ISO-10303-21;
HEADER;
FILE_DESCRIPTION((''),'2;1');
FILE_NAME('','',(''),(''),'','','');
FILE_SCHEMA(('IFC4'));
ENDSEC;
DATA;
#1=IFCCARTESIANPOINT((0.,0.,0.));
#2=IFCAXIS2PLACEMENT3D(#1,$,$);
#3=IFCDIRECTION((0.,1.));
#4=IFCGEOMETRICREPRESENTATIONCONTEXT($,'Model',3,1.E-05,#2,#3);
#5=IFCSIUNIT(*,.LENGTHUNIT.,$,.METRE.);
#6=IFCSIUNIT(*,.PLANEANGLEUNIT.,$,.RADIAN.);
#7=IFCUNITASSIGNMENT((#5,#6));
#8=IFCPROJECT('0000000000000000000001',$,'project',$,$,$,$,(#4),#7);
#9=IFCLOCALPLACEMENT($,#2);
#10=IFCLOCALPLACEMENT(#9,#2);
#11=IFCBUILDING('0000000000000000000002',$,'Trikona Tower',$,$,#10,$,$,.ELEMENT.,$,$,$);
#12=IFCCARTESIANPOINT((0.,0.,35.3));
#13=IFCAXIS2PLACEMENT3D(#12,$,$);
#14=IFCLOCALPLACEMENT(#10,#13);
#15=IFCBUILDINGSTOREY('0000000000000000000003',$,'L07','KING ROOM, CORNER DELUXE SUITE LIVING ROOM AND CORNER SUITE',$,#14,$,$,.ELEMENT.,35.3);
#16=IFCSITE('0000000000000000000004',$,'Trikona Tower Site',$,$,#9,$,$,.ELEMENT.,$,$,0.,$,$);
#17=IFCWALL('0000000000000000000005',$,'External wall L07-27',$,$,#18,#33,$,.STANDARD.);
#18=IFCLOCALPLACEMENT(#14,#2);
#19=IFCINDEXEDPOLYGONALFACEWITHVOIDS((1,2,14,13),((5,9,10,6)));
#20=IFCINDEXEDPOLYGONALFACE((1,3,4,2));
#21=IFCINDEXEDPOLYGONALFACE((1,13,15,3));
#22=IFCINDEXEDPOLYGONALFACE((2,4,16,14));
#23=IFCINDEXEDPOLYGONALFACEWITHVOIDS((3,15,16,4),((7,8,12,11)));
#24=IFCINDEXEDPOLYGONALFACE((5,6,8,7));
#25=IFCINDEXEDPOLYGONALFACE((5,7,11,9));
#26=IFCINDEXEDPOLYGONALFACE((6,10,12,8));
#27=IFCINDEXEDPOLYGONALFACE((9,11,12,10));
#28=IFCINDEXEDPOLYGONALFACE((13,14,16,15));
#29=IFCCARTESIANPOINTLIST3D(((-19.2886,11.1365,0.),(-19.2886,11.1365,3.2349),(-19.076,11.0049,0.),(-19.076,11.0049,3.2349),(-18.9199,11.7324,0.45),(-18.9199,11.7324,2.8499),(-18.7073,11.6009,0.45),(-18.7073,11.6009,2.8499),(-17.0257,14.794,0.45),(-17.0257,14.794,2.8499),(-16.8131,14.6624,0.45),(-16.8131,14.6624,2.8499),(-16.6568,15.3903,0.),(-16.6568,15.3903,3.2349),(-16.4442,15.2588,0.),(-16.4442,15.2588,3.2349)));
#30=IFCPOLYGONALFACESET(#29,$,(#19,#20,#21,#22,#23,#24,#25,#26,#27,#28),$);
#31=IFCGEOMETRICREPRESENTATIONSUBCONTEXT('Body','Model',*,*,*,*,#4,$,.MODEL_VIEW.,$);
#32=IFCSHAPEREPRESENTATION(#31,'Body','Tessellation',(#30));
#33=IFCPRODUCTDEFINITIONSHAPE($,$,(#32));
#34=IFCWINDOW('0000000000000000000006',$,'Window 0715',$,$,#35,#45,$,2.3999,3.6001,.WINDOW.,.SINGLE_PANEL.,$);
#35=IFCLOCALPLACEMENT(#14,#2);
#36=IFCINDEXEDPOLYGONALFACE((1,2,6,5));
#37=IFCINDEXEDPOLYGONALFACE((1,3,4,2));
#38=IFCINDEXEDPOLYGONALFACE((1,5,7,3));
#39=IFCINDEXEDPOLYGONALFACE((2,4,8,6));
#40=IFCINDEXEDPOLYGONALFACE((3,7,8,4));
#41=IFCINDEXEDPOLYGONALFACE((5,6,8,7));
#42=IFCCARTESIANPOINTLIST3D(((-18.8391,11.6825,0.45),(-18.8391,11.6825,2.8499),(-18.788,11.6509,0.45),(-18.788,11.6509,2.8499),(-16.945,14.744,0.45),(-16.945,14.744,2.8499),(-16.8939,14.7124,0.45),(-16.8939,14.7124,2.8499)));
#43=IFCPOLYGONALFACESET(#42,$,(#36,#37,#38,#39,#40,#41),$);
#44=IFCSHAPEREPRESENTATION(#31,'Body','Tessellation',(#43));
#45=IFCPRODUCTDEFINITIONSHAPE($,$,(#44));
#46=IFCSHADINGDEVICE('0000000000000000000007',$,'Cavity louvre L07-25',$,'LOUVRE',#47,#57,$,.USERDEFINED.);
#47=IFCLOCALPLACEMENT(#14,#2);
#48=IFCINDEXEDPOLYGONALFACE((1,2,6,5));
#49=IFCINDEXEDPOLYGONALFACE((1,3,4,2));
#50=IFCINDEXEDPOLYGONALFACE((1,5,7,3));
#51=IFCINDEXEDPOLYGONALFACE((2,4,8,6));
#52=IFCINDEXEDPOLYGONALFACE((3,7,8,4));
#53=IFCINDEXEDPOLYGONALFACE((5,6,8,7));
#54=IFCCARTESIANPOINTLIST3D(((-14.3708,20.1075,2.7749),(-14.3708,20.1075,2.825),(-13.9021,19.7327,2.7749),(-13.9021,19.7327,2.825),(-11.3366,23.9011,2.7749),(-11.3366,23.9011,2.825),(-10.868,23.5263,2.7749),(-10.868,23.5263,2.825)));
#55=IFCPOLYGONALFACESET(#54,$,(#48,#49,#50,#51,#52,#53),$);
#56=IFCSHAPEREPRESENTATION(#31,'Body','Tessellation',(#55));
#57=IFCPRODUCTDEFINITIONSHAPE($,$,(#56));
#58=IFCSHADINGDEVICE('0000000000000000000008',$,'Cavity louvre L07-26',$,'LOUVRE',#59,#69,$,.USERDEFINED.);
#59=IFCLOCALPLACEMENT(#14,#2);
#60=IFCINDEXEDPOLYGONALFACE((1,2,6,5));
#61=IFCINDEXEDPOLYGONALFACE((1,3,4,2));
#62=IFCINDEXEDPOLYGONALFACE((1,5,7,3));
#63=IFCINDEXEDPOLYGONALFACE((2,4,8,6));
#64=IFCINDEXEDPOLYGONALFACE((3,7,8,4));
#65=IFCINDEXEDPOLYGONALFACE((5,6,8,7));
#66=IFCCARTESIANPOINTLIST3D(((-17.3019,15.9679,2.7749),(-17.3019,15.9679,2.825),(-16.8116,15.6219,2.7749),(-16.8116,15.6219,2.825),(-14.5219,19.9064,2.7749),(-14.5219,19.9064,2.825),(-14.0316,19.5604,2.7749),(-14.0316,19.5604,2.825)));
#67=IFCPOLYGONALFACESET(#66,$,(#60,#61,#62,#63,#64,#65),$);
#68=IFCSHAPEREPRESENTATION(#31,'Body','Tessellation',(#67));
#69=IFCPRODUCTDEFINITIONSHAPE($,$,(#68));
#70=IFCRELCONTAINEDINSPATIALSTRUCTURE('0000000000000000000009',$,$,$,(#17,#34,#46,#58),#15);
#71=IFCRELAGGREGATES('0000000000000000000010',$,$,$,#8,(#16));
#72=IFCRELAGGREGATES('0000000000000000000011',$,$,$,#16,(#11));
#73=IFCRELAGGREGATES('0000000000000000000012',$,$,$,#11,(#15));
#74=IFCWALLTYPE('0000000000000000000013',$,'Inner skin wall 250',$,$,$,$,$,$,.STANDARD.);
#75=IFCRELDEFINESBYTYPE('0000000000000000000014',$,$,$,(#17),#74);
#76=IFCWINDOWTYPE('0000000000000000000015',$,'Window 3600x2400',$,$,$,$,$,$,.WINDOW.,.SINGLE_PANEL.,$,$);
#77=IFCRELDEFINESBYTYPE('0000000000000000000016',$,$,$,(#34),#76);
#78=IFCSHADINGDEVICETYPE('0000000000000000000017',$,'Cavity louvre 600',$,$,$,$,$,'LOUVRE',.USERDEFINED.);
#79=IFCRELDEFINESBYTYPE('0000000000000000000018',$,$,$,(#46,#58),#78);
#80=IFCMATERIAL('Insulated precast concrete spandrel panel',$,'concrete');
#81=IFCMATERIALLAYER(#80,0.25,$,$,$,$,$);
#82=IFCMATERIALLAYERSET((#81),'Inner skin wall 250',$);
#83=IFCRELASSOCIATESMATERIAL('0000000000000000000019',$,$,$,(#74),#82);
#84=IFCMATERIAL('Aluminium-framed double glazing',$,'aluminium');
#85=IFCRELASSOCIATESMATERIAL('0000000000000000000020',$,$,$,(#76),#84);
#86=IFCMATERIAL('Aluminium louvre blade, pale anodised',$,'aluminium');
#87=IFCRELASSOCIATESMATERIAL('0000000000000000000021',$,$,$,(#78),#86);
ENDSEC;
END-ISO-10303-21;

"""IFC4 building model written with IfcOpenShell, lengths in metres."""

from ifc_helpers import new_model, si_unit, direction, frame, frame_2d, origin, origin_2d, place, context, subcontext, project, spatial, rectangle, extrude, material, layer, layer_set, type_object, element, fill, save


model = new_model("IFC4")

# Units and contexts
model_context = context("Model", 3, precision=1e-05, world=origin(), true_north=direction((0.0, 1.0)))
body_context = subcontext(model_context, "Body", "Model", "MODEL_VIEW")
ifc_project = project(units=[si_unit("LENGTHUNIT", "METRE"), si_unit("PLANEANGLEUNIT", "RADIAN")], contexts=[model_context])

# Site, building, storey
site_placement = place(None, origin())
site = spatial("IfcSite", under=ifc_project, at=site_placement, Name="Trikona Tower Site", CompositionType="ELEMENT", RefElevation=0.0)
building_placement = place(site_placement, origin())
building = spatial("IfcBuilding", under=site, at=building_placement, Name="Trikona Tower", CompositionType="ELEMENT")
storey_placement = place(building_placement, frame((0.0, 0.0, 35.3)))
storey = spatial("IfcBuildingStorey", under=building, at=storey_placement, Name="L07", Description="KING ROOM, CORNER DELUXE SUITE LIVING ROOM AND CORNER SUITE", CompositionType="ELEMENT", Elevation=35.3)

# Wall, opening, window
ifc_material_1 = material(Name="Insulated precast concrete spandrel panel", Category="concrete")
ifc_layer_1 = layer(ifc_material_1, 0.25)
ifc_layer_set_1 = layer_set([ifc_layer_1], Name="Inner skin wall 250")
wall_type = type_object("IfcWallType", Name="Inner skin wall 250", PredefinedType="STANDARD", material=ifc_layer_set_1)
ifc_material_2 = material(Name="Aluminium-framed double glazing", Category="aluminium")
window_type = type_object("IfcWindowType", Name="Window 3600x2400", PartitioningType="SINGLE_PANEL", PredefinedType="WINDOW", material=ifc_material_2)
wall_1_placement = place(storey_placement, frame((-16.5505, 15.3245, 0.0), z_axis=(0.0, 0.0, 1.0), x_axis=(-0.526133, -0.850402, 0.0)))
wall_1 = element("IfcWall", 1, at=wall_1_placement, inside=storey, type_object=wall_type, Name="External wall L07-27", PredefinedType="STANDARD", context=body_context, shape_type="SweptSolid", body=[
    extrude(rectangle(XDim=5.0022, YDim=0.25, at=frame_2d((2.501, 0.0))), origin(), (0.0, 0.0, 1.0), 3.2349),
])
opening_1_placement = place(wall_1_placement, frame((0.7012, 0.0, 0.45)))
opening_1 = element("IfcOpeningElement", 2, at=opening_1_placement, cuts=wall_1, PredefinedType="OPENING", context=body_context, shape_type="SweptSolid", body=[
    extrude(rectangle(XDim=3.6001, YDim=2.3999, at=frame_2d((1.8, 1.2))), frame((0.0, 0.135, 0.0), z_axis=(0.0, -1.0, 0.0), x_axis=(1.0, 0.0, 0.0)), (0.0, 0.0, 1.0), 0.27),
])
window_1_placement = place(opening_1_placement, origin())
window_1 = element("IfcWindow", 3, at=window_1_placement, inside=storey, type_object=window_type, Name="Window 0715", OverallHeight=2.3999, OverallWidth=3.6001, PartitioningType="SINGLE_PANEL", PredefinedType="WINDOW", context=body_context, shape_type="SweptSolid", body=[
    extrude(rectangle(XDim=3.6001, YDim=2.3999, at=frame_2d((1.8, 1.2))), frame((0.0, 0.03, 0.0), z_axis=(0.0, -1.0, 0.0), x_axis=(1.0, 0.0, 0.0)), (0.0, 0.0, 1.0), 0.0601),
])
fill(opening_1, window_1)

# Shading devices
ifc_material_3 = material(Name="Aluminium louvre blade, pale anodised", Category="aluminium")
shading_device_type = type_object("IfcShadingDeviceType", Name="Cavity louvre 600", ElementType="LOUVRE", PredefinedType="USERDEFINED", material=ifc_material_3)
shading_device_1_placement = place(storey_placement, frame((-12.6194, 21.8169, 2.7749), z_axis=(0.0, 0.0, 1.0), x_axis=(-0.624604, -0.780942, 0.0)))
element("IfcShadingDevice", 4, at=shading_device_1_placement, inside=storey, type_object=shading_device_type, Name="Cavity louvre L07-25", ObjectType="LOUVRE", PredefinedType="USERDEFINED", context=body_context, shape_type="SweptSolid", body=[
    extrude(rectangle(XDim=4.8577, YDim=0.6001, at=origin_2d()), origin(), (0.0, 0.0, 1.0), 0.05),
])
shading_device_2_placement = place(storey_placement, frame((-15.6667, 17.7642, 2.7749), z_axis=(0.0, 0.0, 1.0), x_axis=(-0.576662, -0.816983, 0.0)))
element("IfcShadingDevice", 5, at=shading_device_2_placement, inside=storey, type_object=shading_device_type, Name="Cavity louvre L07-26", ObjectType="LOUVRE", PredefinedType="USERDEFINED", context=body_context, shape_type="SweptSolid", body=[
    extrude(rectangle(XDim=4.8208, YDim=0.6001, at=origin_2d()), origin(), (0.0, 0.0, 1.0), 0.05),
])

save(model, "model.ifc")
